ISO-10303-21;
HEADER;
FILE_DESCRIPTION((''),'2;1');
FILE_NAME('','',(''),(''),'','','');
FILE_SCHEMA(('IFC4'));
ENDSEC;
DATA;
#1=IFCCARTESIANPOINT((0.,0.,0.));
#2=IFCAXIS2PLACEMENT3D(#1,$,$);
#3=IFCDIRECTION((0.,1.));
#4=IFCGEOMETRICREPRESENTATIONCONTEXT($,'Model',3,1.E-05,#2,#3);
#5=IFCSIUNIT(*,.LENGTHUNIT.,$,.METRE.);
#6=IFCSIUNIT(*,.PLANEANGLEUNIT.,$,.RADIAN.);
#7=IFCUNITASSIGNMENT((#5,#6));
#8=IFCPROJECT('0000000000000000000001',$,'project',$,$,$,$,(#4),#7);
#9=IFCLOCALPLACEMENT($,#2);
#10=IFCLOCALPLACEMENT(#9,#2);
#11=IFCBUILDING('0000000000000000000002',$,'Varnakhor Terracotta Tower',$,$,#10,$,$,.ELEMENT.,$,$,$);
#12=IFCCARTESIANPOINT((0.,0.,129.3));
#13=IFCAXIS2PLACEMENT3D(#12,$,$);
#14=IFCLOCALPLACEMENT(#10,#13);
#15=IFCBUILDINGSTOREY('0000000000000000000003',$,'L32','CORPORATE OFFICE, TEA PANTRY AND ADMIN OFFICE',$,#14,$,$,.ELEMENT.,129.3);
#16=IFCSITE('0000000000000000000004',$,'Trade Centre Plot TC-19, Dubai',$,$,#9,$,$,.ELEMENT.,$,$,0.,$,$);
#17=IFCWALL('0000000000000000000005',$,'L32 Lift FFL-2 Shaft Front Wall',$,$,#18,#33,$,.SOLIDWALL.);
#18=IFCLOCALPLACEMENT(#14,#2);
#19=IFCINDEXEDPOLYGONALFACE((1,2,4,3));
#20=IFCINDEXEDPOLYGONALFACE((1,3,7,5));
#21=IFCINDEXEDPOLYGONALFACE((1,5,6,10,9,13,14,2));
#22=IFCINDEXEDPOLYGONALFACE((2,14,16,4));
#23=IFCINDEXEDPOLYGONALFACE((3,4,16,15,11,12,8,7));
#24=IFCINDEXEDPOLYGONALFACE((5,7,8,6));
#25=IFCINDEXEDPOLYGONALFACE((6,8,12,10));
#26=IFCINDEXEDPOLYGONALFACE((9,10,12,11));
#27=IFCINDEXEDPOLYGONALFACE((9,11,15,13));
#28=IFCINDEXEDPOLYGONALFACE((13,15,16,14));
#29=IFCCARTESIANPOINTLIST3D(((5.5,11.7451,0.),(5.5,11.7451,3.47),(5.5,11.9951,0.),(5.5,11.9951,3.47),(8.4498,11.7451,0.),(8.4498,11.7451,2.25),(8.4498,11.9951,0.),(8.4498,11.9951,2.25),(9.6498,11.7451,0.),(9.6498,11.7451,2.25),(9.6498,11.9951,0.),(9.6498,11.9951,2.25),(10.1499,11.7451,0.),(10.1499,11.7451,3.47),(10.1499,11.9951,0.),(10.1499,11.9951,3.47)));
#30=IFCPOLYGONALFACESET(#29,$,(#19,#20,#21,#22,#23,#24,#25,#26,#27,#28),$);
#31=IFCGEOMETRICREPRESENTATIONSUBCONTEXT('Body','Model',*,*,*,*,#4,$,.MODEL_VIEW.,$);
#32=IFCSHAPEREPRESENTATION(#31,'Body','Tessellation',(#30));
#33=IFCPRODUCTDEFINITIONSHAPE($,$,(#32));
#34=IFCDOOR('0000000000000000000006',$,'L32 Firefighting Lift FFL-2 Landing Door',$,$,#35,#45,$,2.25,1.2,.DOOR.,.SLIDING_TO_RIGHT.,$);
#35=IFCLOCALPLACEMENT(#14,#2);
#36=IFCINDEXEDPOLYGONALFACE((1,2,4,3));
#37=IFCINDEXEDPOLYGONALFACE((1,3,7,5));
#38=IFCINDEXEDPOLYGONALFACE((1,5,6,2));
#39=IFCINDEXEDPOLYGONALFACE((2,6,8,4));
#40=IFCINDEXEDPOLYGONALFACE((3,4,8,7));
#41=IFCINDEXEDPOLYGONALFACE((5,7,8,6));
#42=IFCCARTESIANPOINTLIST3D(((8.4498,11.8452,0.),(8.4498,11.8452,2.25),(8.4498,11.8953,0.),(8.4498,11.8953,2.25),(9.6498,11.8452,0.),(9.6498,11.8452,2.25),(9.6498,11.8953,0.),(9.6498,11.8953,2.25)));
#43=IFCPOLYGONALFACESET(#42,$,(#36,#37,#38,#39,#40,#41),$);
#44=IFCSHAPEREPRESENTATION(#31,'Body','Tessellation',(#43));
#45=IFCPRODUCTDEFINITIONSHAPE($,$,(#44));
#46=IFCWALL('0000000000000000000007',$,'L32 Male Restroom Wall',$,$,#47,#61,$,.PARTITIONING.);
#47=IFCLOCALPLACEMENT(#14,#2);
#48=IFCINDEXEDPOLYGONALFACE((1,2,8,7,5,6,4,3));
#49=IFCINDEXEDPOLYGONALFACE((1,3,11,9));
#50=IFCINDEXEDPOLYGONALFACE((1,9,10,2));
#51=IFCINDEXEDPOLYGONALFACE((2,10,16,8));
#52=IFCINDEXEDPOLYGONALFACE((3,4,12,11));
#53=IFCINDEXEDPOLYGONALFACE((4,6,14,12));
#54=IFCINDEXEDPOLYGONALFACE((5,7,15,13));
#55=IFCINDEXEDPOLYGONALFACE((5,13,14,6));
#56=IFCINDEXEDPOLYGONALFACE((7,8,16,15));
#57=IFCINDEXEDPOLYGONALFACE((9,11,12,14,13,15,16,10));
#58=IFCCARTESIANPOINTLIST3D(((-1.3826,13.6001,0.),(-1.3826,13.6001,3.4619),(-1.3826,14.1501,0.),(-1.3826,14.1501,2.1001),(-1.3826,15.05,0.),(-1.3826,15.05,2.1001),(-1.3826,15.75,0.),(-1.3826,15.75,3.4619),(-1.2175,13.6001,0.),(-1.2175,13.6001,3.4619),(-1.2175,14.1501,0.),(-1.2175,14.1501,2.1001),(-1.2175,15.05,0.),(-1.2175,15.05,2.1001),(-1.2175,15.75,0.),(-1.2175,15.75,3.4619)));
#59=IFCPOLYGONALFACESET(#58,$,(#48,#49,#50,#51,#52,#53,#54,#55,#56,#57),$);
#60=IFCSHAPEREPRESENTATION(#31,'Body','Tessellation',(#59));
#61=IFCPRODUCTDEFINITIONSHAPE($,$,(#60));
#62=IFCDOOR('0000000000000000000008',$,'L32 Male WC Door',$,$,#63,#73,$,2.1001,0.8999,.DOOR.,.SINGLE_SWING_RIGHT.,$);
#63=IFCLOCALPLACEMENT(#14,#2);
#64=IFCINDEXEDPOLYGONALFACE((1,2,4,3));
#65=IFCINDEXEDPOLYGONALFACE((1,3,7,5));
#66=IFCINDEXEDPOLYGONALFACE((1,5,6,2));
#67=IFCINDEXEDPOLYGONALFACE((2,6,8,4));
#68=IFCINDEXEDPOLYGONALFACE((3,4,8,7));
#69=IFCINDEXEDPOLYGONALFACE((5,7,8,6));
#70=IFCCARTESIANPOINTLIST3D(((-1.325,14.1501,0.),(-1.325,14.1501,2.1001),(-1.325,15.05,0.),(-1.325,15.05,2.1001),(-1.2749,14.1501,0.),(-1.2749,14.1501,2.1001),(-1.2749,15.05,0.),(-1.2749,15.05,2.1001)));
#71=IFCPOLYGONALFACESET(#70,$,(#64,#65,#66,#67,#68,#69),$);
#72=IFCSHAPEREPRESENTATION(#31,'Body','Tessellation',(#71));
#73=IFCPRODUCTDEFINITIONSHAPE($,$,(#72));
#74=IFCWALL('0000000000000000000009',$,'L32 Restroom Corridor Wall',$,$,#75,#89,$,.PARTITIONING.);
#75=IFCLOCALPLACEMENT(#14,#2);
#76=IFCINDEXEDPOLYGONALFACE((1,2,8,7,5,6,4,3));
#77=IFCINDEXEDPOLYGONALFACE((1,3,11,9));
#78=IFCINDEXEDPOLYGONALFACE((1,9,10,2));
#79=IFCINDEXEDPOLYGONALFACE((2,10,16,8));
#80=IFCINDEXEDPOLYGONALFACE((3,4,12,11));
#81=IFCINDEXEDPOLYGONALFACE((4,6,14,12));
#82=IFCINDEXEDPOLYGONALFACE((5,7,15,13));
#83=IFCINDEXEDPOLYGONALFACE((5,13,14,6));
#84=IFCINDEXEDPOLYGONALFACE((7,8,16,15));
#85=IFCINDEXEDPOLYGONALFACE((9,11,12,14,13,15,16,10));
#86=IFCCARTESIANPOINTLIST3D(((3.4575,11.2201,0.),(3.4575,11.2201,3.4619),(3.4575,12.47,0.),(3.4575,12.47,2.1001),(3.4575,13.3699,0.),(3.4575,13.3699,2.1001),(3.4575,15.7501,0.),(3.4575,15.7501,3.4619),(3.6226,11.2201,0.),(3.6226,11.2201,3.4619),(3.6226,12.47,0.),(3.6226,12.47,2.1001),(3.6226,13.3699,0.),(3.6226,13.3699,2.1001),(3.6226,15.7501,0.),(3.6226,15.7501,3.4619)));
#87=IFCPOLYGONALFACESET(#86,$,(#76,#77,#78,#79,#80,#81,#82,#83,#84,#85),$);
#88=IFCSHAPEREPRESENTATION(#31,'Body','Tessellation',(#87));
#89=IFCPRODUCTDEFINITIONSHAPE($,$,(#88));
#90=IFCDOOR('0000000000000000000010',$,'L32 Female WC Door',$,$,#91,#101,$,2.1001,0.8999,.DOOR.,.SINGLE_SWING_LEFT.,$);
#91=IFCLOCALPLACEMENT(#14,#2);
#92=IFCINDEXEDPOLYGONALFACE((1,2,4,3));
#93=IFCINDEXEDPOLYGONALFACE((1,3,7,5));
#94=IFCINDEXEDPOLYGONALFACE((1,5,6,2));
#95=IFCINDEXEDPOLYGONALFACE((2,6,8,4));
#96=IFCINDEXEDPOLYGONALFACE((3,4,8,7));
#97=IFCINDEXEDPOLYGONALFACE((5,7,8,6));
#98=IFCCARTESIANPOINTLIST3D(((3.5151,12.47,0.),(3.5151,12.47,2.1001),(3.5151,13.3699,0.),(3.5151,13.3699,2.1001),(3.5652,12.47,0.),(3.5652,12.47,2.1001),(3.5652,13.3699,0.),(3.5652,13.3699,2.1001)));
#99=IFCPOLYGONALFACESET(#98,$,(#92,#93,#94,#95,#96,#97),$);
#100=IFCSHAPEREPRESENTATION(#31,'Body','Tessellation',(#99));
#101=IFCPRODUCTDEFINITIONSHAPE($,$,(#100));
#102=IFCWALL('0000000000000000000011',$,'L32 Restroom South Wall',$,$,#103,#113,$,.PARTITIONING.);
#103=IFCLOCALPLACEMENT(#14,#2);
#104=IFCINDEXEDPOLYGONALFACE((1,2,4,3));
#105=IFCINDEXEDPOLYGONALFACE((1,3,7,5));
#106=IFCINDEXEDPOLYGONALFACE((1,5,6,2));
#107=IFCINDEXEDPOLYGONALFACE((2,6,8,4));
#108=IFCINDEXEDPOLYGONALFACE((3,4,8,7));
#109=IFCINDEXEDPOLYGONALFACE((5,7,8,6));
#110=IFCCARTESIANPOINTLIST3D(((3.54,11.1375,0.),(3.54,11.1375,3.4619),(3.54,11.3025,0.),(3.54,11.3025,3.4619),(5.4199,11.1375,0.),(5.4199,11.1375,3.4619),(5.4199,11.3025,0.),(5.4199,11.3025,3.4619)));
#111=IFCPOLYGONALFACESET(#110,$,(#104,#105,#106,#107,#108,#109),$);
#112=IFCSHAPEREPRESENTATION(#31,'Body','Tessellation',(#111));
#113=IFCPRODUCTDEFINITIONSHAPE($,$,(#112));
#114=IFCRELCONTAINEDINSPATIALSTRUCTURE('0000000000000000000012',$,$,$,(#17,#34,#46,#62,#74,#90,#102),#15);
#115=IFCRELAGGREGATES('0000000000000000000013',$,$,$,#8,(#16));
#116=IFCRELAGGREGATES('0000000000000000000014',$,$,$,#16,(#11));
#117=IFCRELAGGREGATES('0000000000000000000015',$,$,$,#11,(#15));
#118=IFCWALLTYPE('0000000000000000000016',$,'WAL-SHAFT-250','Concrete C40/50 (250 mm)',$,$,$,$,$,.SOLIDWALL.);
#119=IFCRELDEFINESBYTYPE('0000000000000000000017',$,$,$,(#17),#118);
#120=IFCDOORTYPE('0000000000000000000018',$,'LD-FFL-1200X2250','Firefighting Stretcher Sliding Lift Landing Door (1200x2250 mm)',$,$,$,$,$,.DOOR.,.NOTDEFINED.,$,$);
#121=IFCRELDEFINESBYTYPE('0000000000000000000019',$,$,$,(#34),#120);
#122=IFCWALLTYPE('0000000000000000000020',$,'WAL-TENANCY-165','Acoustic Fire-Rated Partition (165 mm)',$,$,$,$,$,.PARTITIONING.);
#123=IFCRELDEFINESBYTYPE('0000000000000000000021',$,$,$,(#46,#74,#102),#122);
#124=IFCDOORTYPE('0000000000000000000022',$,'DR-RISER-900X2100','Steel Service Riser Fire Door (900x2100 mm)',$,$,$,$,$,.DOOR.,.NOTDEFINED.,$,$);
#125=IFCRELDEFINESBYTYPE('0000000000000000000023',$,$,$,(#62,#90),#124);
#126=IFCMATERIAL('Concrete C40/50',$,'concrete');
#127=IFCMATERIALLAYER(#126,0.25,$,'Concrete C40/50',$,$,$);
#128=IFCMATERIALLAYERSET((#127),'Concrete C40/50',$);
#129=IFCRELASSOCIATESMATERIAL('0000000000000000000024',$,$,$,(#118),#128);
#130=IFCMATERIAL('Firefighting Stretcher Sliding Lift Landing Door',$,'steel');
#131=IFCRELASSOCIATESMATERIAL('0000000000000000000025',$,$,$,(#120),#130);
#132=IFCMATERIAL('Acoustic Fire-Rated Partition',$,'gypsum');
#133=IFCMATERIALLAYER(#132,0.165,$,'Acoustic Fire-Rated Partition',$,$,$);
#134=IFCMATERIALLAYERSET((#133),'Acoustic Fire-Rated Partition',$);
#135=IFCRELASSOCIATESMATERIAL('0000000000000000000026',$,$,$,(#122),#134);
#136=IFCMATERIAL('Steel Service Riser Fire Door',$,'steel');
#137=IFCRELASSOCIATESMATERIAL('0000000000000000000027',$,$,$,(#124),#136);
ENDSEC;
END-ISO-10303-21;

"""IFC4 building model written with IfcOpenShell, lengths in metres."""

from ifc_helpers import new_model, si_unit, direction, frame, frame_2d, origin, place, context, subcontext, project, spatial, rectangle, extrude, source, transform, mapped, material, layer, layer_set, type_object, type_shapes, element, fill, save


model = new_model("IFC4")

# Units and contexts
model_context = context("Model", 3, precision=1e-05, world=origin(), true_north=direction((0.0, 1.0)))
body_context = subcontext(model_context, "Body", "Model", "MODEL_VIEW")
ifc_project = project(units=[si_unit("LENGTHUNIT", "METRE"), si_unit("PLANEANGLEUNIT", "RADIAN")], contexts=[model_context])

# Site, building, storey
site_placement = place(None, origin())
site = spatial("IfcSite", under=ifc_project, at=site_placement, Name="Trade Centre Plot TC-19, Dubai", CompositionType="ELEMENT", RefElevation=0.0)
building_placement = place(site_placement, origin())
building = spatial("IfcBuilding", under=site, at=building_placement, Name="Varnakhor Terracotta Tower", CompositionType="ELEMENT")
storey_placement = place(building_placement, frame((0.0, 0.0, 129.3)))
storey = spatial("IfcBuildingStorey", under=building, at=storey_placement, Name="L32", Description="CORPORATE OFFICE, TEA PANTRY AND ADMIN OFFICE", CompositionType="ELEMENT", Elevation=129.3)

# Shared definitions
ifc_material_1 = material(Name="Concrete C40/50", Category="concrete")

# Walls, openings, doors
ifc_layer_1 = layer(ifc_material_1, 0.25, Name="Concrete C40/50")
ifc_layer_set_1 = layer_set([ifc_layer_1], Name="Concrete C40/50")
wall_type_1 = type_object("IfcWallType", Name="WAL-SHAFT-250", Description="Concrete C40/50 (250 mm)", PredefinedType="SOLIDWALL", material=ifc_layer_set_1)
wall_1_placement = place(storey_placement, frame((10.1499, 11.8701, 0.0), z_axis=(0.0, 0.0, 1.0), x_axis=(-1.0, 0.0, 0.0)))
wall_1 = element("IfcWall", 1, at=wall_1_placement, inside=storey, type_object=wall_type_1, Name="L32 Lift FFL-2 Shaft Front Wall", PredefinedType="SOLIDWALL", context=body_context, shape_type="SweptSolid", body=[
    extrude(rectangle(XDim=4.6499, YDim=0.25, at=frame_2d((2.325, 0.0))), origin(), (0.0, 0.0, 1.0), 3.47),
])
opening_1_placement = place(wall_1_placement, frame((0.5, 0.0, 0.0)))
opening_1 = element("IfcOpeningElement", 2, at=opening_1_placement, cuts=wall_1, PredefinedType="OPENING", context=body_context, shape_type="SweptSolid", body=[
    extrude(rectangle(XDim=1.2, YDim=2.25, at=frame_2d((0.6001, 1.125))), frame((0.0, 0.135, 0.0), z_axis=(0.0, -1.0, 0.0), x_axis=(1.0, 0.0, 0.0)), (0.0, 0.0, 1.0), 0.27),
])
ifc_material_2 = material(Name="Firefighting Stretcher Sliding Lift Landing Door", Category="steel")
door_type_1 = type_object("IfcDoorType", Name="LD-FFL-1200X2250", Description="Firefighting Stretcher Sliding Lift Landing Door (1200x2250 mm)", OperationType="NOTDEFINED", PredefinedType="DOOR", material=ifc_material_2)
shared_shape_1 = source(origin(), body_context, "Body", "SweptSolid", [
    extrude(rectangle(XDim=1.2, YDim=2.25, at=frame_2d((0.6001, 1.125))), frame((0.0, 0.0249, 0.0), z_axis=(0.0, -1.0, 0.0), x_axis=(1.0, 0.0, 0.0)), (0.0, 0.0, 1.0), 0.05),
])
type_shapes(door_type_1, [shared_shape_1])
door_1_placement = place(opening_1_placement, origin())
door_1 = element("IfcDoor", 3, at=door_1_placement, inside=storey, type_object=door_type_1, Name="L32 Firefighting Lift FFL-2 Landing Door", OperationType="SLIDING_TO_RIGHT", OverallHeight=2.25, OverallWidth=1.2, PredefinedType="DOOR", context=body_context, shape_type="MappedRepresentation", body=[
    mapped(shared_shape_1, transform((0.0, 0.0, 0.0), scale=1.0)),
])
fill(opening_1, door_1)
ifc_material_3 = material(Name="Acoustic Fire-Rated Partition", Category="gypsum")
ifc_layer_2 = layer(ifc_material_3, 0.165, Name="Acoustic Fire-Rated Partition")
ifc_layer_set_2 = layer_set([ifc_layer_2], Name="Acoustic Fire-Rated Partition")
wall_type_2 = type_object("IfcWallType", Name="WAL-TENANCY-165", Description="Acoustic Fire-Rated Partition (165 mm)", PredefinedType="PARTITIONING", material=ifc_layer_set_2)
wall_2_placement = place(storey_placement, frame((-1.3, 13.6001, 0.0), z_axis=(0.0, 0.0, 1.0), x_axis=(0.0, 1.0, 0.0)))
wall_2 = element("IfcWall", 4, at=wall_2_placement, inside=storey, type_object=wall_type_2, Name="L32 Male Restroom Wall", PredefinedType="PARTITIONING", context=body_context, shape_type="SweptSolid", body=[
    extrude(rectangle(XDim=2.1499, YDim=0.165, at=frame_2d((1.075, 0.0))), origin(), (0.0, 0.0, 1.0), 3.4619),
])
opening_2_placement = place(wall_2_placement, frame((0.55, 0.0, 0.0)))
opening_2 = element("IfcOpeningElement", 5, at=opening_2_placement, cuts=wall_2, PredefinedType="OPENING", context=body_context, shape_type="SweptSolid", body=[
    extrude(rectangle(XDim=0.8999, YDim=2.1001, at=frame_2d((0.45, 1.05))), frame((0.0, 0.0925, 0.0), z_axis=(0.0, -1.0, 0.0), x_axis=(1.0, 0.0, 0.0)), (0.0, 0.0, 1.0), 0.1851),
])
ifc_material_4 = material(Name="Steel Service Riser Fire Door", Category="steel")
door_type_2 = type_object("IfcDoorType", Name="DR-RISER-900X2100", Description="Steel Service Riser Fire Door (900x2100 mm)", OperationType="NOTDEFINED", PredefinedType="DOOR", material=ifc_material_4)
shared_shape_2 = source(origin(), body_context, "Body", "SweptSolid", [
    extrude(rectangle(XDim=0.8999, YDim=2.1001, at=frame_2d((0.45, 1.05))), frame((0.0, 0.0249, 0.0), z_axis=(0.0, -1.0, 0.0), x_axis=(1.0, 0.0, 0.0)), (0.0, 0.0, 1.0), 0.05),
])
type_shapes(door_type_2, [shared_shape_2])
door_2_placement = place(opening_2_placement, origin())
door_2 = element("IfcDoor", 6, at=door_2_placement, inside=storey, type_object=door_type_2, Name="L32 Male WC Door", OperationType="SINGLE_SWING_RIGHT", OverallHeight=2.1001, OverallWidth=0.8999, PredefinedType="DOOR", context=body_context, shape_type="MappedRepresentation", body=[
    mapped(shared_shape_2, transform((0.0, 0.0, 0.0), scale=1.0)),
])
fill(opening_2, door_2)
wall_3_placement = place(storey_placement, frame((3.54, 11.22, 0.0), z_axis=(0.0, 0.0, 1.0), x_axis=(0.0, 1.0, 0.0)))
wall_3 = element("IfcWall", 7, at=wall_3_placement, inside=storey, type_object=wall_type_2, Name="L32 Restroom Corridor Wall", PredefinedType="PARTITIONING", context=body_context, shape_type="SweptSolid", body=[
    extrude(rectangle(XDim=4.53, YDim=0.165, at=frame_2d((2.2651, 0.0))), origin(), (0.0, 0.0, 1.0), 3.4619),
])
opening_3_placement = place(wall_3_placement, frame((1.25, 0.0, 0.0)))
opening_3 = element("IfcOpeningElement", 8, at=opening_3_placement, cuts=wall_3, PredefinedType="OPENING", context=body_context, shape_type="SweptSolid", body=[
    extrude(rectangle(XDim=0.8999, YDim=2.1001, at=frame_2d((0.45, 1.05))), frame((0.0, 0.0925, 0.0), z_axis=(0.0, -1.0, 0.0), x_axis=(1.0, 0.0, 0.0)), (0.0, 0.0, 1.0), 0.1851),
])
door_3_placement = place(opening_3_placement, origin())
door_3 = element("IfcDoor", 9, at=door_3_placement, inside=storey, type_object=door_type_2, Name="L32 Female WC Door", OperationType="SINGLE_SWING_LEFT", OverallHeight=2.1001, OverallWidth=0.8999, PredefinedType="DOOR", context=body_context, shape_type="MappedRepresentation", body=[
    mapped(shared_shape_2, transform((0.0, 0.0, 0.0), scale=1.0)),
])
fill(opening_3, door_3)

# Wall
wall_4_placement = place(storey_placement, frame((3.54, 11.22, 0.0), z_axis=(0.0, 0.0, 1.0), x_axis=(1.0, 0.0, 0.0)))
element("IfcWall", 10, at=wall_4_placement, inside=storey, type_object=wall_type_2, Name="L32 Restroom South Wall", PredefinedType="PARTITIONING", context=body_context, shape_type="SweptSolid", body=[
    extrude(rectangle(XDim=1.8799, YDim=0.165, at=frame_2d((0.9399, 0.0))), origin(), (0.0, 0.0, 1.0), 3.4619),
])

save(model, "model.ifc")
